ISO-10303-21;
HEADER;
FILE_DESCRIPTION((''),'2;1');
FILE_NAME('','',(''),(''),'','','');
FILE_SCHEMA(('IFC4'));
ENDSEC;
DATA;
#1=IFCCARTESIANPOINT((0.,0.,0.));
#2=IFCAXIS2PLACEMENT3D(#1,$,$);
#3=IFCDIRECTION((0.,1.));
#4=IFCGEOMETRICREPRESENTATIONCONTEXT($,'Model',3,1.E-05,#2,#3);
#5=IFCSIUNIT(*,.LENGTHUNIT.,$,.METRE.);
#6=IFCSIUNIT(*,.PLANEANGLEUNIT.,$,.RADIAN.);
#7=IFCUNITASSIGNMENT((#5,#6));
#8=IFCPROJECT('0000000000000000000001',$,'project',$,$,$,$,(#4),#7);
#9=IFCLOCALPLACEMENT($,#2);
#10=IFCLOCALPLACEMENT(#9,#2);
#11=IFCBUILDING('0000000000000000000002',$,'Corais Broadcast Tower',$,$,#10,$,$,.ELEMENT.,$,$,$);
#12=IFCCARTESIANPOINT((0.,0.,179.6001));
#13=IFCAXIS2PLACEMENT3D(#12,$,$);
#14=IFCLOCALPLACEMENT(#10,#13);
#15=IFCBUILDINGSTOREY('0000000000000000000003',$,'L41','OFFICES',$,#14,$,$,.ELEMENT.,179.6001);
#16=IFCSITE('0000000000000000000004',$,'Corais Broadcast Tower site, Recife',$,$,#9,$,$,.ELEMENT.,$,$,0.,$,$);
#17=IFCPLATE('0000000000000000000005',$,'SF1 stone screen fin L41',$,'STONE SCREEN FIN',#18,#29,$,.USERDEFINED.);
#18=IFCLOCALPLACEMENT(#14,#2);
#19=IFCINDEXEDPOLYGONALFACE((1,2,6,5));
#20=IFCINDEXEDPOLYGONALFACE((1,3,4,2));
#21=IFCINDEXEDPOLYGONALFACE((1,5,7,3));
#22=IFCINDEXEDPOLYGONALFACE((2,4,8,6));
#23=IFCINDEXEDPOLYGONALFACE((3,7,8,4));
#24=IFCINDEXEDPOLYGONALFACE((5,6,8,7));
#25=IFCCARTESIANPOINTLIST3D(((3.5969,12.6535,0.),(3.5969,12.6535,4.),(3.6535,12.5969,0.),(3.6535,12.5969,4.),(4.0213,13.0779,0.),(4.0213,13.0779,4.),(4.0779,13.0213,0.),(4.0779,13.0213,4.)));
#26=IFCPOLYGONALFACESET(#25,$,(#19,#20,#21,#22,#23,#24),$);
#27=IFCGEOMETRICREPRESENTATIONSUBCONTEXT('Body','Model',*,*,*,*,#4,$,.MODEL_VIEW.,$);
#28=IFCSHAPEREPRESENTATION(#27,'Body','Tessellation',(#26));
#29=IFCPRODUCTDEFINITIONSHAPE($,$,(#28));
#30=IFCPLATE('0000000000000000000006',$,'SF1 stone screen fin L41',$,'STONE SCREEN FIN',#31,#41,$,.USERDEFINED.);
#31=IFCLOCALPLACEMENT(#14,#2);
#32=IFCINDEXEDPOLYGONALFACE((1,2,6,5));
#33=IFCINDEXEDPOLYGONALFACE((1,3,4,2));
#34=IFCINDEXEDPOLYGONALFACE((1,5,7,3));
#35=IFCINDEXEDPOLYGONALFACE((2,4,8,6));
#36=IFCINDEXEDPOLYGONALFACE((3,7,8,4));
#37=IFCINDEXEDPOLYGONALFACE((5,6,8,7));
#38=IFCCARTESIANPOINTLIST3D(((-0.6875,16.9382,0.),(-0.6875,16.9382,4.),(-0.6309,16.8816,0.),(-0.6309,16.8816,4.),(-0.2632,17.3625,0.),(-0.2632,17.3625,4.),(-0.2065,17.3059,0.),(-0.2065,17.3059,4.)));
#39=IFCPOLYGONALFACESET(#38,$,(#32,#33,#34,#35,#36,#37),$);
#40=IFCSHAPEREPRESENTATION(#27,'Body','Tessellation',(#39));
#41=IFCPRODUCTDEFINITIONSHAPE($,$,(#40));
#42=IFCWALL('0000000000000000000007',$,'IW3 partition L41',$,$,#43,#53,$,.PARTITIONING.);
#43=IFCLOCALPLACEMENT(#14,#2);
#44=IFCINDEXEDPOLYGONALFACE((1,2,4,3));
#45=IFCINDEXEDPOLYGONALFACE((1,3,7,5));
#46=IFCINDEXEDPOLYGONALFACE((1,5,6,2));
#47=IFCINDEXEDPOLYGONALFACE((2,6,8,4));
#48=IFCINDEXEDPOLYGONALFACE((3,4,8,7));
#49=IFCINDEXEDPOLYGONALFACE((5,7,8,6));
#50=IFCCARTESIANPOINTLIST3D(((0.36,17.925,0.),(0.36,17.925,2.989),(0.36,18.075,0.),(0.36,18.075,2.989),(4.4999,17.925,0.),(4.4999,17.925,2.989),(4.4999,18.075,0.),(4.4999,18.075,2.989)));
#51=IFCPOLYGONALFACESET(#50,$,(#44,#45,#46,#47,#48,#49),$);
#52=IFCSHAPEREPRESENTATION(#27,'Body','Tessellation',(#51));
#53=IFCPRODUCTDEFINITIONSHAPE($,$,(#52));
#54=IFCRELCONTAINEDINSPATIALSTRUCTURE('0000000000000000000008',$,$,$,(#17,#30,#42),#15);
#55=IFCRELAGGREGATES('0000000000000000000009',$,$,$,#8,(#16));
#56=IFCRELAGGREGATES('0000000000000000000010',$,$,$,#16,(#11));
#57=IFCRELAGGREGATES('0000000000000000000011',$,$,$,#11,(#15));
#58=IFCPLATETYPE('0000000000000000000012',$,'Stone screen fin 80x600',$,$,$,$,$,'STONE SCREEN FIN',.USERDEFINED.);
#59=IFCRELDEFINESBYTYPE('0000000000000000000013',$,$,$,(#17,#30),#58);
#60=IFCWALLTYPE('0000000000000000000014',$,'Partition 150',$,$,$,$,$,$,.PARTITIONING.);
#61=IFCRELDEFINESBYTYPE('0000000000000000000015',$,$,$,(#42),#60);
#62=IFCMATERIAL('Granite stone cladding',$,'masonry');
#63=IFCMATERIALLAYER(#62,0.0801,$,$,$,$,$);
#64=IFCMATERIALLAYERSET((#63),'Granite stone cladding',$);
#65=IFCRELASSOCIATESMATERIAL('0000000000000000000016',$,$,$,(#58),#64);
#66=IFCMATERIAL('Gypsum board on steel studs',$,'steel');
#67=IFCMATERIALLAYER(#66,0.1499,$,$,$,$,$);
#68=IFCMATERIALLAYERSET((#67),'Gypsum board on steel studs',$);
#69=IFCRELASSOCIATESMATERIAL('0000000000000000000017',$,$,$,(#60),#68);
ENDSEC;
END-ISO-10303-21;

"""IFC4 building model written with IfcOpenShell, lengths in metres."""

from ifc_helpers import new_model, si_unit, direction, frame, frame_2d, origin, origin_2d, place, context, subcontext, project, spatial, rectangle, extrude, material, layer, layer_set, type_object, element, save


model = new_model("IFC4")

# Units and contexts
model_context = context("Model", 3, precision=1e-05, world=origin(), true_north=direction((0.0, 1.0)))
body_context = subcontext(model_context, "Body", "Model", "MODEL_VIEW")
ifc_project = project(units=[si_unit("LENGTHUNIT", "METRE"), si_unit("PLANEANGLEUNIT", "RADIAN")], contexts=[model_context])

# Site, building, storey
site_placement = place(None, origin())
site = spatial("IfcSite", under=ifc_project, at=site_placement, Name="Corais Broadcast Tower site, Recife", CompositionType="ELEMENT", RefElevation=0.0)
building_placement = place(site_placement, origin())
building = spatial("IfcBuilding", under=site, at=building_placement, Name="Corais Broadcast Tower", CompositionType="ELEMENT")
storey_placement = place(building_placement, frame((0.0, 0.0, 179.6001)))
storey = spatial("IfcBuildingStorey", under=building, at=storey_placement, Name="L41", Description="OFFICES", CompositionType="ELEMENT", Elevation=179.6001)

# Plates
ifc_material_1 = material(Name="Granite stone cladding", Category="masonry")
ifc_layer_1 = layer(ifc_material_1, 0.0801)
ifc_layer_set_1 = layer_set([ifc_layer_1], Name="Granite stone cladding")
plate_type_1 = type_object("IfcPlateType", Name="Stone screen fin 80x600", ElementType="STONE SCREEN FIN", PredefinedType="USERDEFINED", material=ifc_layer_set_1)
for number, where, z_axis, x_axis, name in (
    (1, (3.8374, 12.8374, 0.0), (0.0, 0.0, 1.0), (-0.707107, 0.707107, 0.0), "SF1 stone screen fin L41"),
    (2, (-0.447, 17.1221, 0.0), (0.0, 0.0, 1.0), (-0.707107, 0.707107, 0.0), "SF1 stone screen fin L41"),
):
    element("IfcPlate", number, at=place(storey_placement, frame(where, z_axis=z_axis, x_axis=x_axis)), inside=storey, type_object=plate_type_1, Name=name, ObjectType="STONE SCREEN FIN", PredefinedType="USERDEFINED", context=body_context, shape_type="SweptSolid", body=[
        extrude(rectangle(XDim=0.0801, YDim=0.6001, at=origin_2d()), origin(), (0.0, 0.0, 1.0), 4.0),
    ])

# Wall
ifc_material_2 = material(Name="Gypsum board on steel studs", Category="steel")
ifc_layer_2 = layer(ifc_material_2, 0.1499)
ifc_layer_set_2 = layer_set([ifc_layer_2], Name="Gypsum board on steel studs")
wall_type = type_object("IfcWallType", Name="Partition 150", PredefinedType="PARTITIONING", material=ifc_layer_set_2)
wall_placement = place(storey_placement, frame((0.3601, 18.0, 0.0), z_axis=(0.0, 0.0, 1.0), x_axis=(1.0, 0.0, 0.0)))
element("IfcWall", 3, at=wall_placement, inside=storey, type_object=wall_type, Name="IW3 partition L41", PredefinedType="PARTITIONING", context=body_context, shape_type="SweptSolid", body=[
    extrude(rectangle(XDim=4.1399, YDim=0.1499, at=frame_2d((2.0698, 0.0))), origin(), (0.0, 0.0, 1.0), 2.989),
])

save(model, "model.ifc")
